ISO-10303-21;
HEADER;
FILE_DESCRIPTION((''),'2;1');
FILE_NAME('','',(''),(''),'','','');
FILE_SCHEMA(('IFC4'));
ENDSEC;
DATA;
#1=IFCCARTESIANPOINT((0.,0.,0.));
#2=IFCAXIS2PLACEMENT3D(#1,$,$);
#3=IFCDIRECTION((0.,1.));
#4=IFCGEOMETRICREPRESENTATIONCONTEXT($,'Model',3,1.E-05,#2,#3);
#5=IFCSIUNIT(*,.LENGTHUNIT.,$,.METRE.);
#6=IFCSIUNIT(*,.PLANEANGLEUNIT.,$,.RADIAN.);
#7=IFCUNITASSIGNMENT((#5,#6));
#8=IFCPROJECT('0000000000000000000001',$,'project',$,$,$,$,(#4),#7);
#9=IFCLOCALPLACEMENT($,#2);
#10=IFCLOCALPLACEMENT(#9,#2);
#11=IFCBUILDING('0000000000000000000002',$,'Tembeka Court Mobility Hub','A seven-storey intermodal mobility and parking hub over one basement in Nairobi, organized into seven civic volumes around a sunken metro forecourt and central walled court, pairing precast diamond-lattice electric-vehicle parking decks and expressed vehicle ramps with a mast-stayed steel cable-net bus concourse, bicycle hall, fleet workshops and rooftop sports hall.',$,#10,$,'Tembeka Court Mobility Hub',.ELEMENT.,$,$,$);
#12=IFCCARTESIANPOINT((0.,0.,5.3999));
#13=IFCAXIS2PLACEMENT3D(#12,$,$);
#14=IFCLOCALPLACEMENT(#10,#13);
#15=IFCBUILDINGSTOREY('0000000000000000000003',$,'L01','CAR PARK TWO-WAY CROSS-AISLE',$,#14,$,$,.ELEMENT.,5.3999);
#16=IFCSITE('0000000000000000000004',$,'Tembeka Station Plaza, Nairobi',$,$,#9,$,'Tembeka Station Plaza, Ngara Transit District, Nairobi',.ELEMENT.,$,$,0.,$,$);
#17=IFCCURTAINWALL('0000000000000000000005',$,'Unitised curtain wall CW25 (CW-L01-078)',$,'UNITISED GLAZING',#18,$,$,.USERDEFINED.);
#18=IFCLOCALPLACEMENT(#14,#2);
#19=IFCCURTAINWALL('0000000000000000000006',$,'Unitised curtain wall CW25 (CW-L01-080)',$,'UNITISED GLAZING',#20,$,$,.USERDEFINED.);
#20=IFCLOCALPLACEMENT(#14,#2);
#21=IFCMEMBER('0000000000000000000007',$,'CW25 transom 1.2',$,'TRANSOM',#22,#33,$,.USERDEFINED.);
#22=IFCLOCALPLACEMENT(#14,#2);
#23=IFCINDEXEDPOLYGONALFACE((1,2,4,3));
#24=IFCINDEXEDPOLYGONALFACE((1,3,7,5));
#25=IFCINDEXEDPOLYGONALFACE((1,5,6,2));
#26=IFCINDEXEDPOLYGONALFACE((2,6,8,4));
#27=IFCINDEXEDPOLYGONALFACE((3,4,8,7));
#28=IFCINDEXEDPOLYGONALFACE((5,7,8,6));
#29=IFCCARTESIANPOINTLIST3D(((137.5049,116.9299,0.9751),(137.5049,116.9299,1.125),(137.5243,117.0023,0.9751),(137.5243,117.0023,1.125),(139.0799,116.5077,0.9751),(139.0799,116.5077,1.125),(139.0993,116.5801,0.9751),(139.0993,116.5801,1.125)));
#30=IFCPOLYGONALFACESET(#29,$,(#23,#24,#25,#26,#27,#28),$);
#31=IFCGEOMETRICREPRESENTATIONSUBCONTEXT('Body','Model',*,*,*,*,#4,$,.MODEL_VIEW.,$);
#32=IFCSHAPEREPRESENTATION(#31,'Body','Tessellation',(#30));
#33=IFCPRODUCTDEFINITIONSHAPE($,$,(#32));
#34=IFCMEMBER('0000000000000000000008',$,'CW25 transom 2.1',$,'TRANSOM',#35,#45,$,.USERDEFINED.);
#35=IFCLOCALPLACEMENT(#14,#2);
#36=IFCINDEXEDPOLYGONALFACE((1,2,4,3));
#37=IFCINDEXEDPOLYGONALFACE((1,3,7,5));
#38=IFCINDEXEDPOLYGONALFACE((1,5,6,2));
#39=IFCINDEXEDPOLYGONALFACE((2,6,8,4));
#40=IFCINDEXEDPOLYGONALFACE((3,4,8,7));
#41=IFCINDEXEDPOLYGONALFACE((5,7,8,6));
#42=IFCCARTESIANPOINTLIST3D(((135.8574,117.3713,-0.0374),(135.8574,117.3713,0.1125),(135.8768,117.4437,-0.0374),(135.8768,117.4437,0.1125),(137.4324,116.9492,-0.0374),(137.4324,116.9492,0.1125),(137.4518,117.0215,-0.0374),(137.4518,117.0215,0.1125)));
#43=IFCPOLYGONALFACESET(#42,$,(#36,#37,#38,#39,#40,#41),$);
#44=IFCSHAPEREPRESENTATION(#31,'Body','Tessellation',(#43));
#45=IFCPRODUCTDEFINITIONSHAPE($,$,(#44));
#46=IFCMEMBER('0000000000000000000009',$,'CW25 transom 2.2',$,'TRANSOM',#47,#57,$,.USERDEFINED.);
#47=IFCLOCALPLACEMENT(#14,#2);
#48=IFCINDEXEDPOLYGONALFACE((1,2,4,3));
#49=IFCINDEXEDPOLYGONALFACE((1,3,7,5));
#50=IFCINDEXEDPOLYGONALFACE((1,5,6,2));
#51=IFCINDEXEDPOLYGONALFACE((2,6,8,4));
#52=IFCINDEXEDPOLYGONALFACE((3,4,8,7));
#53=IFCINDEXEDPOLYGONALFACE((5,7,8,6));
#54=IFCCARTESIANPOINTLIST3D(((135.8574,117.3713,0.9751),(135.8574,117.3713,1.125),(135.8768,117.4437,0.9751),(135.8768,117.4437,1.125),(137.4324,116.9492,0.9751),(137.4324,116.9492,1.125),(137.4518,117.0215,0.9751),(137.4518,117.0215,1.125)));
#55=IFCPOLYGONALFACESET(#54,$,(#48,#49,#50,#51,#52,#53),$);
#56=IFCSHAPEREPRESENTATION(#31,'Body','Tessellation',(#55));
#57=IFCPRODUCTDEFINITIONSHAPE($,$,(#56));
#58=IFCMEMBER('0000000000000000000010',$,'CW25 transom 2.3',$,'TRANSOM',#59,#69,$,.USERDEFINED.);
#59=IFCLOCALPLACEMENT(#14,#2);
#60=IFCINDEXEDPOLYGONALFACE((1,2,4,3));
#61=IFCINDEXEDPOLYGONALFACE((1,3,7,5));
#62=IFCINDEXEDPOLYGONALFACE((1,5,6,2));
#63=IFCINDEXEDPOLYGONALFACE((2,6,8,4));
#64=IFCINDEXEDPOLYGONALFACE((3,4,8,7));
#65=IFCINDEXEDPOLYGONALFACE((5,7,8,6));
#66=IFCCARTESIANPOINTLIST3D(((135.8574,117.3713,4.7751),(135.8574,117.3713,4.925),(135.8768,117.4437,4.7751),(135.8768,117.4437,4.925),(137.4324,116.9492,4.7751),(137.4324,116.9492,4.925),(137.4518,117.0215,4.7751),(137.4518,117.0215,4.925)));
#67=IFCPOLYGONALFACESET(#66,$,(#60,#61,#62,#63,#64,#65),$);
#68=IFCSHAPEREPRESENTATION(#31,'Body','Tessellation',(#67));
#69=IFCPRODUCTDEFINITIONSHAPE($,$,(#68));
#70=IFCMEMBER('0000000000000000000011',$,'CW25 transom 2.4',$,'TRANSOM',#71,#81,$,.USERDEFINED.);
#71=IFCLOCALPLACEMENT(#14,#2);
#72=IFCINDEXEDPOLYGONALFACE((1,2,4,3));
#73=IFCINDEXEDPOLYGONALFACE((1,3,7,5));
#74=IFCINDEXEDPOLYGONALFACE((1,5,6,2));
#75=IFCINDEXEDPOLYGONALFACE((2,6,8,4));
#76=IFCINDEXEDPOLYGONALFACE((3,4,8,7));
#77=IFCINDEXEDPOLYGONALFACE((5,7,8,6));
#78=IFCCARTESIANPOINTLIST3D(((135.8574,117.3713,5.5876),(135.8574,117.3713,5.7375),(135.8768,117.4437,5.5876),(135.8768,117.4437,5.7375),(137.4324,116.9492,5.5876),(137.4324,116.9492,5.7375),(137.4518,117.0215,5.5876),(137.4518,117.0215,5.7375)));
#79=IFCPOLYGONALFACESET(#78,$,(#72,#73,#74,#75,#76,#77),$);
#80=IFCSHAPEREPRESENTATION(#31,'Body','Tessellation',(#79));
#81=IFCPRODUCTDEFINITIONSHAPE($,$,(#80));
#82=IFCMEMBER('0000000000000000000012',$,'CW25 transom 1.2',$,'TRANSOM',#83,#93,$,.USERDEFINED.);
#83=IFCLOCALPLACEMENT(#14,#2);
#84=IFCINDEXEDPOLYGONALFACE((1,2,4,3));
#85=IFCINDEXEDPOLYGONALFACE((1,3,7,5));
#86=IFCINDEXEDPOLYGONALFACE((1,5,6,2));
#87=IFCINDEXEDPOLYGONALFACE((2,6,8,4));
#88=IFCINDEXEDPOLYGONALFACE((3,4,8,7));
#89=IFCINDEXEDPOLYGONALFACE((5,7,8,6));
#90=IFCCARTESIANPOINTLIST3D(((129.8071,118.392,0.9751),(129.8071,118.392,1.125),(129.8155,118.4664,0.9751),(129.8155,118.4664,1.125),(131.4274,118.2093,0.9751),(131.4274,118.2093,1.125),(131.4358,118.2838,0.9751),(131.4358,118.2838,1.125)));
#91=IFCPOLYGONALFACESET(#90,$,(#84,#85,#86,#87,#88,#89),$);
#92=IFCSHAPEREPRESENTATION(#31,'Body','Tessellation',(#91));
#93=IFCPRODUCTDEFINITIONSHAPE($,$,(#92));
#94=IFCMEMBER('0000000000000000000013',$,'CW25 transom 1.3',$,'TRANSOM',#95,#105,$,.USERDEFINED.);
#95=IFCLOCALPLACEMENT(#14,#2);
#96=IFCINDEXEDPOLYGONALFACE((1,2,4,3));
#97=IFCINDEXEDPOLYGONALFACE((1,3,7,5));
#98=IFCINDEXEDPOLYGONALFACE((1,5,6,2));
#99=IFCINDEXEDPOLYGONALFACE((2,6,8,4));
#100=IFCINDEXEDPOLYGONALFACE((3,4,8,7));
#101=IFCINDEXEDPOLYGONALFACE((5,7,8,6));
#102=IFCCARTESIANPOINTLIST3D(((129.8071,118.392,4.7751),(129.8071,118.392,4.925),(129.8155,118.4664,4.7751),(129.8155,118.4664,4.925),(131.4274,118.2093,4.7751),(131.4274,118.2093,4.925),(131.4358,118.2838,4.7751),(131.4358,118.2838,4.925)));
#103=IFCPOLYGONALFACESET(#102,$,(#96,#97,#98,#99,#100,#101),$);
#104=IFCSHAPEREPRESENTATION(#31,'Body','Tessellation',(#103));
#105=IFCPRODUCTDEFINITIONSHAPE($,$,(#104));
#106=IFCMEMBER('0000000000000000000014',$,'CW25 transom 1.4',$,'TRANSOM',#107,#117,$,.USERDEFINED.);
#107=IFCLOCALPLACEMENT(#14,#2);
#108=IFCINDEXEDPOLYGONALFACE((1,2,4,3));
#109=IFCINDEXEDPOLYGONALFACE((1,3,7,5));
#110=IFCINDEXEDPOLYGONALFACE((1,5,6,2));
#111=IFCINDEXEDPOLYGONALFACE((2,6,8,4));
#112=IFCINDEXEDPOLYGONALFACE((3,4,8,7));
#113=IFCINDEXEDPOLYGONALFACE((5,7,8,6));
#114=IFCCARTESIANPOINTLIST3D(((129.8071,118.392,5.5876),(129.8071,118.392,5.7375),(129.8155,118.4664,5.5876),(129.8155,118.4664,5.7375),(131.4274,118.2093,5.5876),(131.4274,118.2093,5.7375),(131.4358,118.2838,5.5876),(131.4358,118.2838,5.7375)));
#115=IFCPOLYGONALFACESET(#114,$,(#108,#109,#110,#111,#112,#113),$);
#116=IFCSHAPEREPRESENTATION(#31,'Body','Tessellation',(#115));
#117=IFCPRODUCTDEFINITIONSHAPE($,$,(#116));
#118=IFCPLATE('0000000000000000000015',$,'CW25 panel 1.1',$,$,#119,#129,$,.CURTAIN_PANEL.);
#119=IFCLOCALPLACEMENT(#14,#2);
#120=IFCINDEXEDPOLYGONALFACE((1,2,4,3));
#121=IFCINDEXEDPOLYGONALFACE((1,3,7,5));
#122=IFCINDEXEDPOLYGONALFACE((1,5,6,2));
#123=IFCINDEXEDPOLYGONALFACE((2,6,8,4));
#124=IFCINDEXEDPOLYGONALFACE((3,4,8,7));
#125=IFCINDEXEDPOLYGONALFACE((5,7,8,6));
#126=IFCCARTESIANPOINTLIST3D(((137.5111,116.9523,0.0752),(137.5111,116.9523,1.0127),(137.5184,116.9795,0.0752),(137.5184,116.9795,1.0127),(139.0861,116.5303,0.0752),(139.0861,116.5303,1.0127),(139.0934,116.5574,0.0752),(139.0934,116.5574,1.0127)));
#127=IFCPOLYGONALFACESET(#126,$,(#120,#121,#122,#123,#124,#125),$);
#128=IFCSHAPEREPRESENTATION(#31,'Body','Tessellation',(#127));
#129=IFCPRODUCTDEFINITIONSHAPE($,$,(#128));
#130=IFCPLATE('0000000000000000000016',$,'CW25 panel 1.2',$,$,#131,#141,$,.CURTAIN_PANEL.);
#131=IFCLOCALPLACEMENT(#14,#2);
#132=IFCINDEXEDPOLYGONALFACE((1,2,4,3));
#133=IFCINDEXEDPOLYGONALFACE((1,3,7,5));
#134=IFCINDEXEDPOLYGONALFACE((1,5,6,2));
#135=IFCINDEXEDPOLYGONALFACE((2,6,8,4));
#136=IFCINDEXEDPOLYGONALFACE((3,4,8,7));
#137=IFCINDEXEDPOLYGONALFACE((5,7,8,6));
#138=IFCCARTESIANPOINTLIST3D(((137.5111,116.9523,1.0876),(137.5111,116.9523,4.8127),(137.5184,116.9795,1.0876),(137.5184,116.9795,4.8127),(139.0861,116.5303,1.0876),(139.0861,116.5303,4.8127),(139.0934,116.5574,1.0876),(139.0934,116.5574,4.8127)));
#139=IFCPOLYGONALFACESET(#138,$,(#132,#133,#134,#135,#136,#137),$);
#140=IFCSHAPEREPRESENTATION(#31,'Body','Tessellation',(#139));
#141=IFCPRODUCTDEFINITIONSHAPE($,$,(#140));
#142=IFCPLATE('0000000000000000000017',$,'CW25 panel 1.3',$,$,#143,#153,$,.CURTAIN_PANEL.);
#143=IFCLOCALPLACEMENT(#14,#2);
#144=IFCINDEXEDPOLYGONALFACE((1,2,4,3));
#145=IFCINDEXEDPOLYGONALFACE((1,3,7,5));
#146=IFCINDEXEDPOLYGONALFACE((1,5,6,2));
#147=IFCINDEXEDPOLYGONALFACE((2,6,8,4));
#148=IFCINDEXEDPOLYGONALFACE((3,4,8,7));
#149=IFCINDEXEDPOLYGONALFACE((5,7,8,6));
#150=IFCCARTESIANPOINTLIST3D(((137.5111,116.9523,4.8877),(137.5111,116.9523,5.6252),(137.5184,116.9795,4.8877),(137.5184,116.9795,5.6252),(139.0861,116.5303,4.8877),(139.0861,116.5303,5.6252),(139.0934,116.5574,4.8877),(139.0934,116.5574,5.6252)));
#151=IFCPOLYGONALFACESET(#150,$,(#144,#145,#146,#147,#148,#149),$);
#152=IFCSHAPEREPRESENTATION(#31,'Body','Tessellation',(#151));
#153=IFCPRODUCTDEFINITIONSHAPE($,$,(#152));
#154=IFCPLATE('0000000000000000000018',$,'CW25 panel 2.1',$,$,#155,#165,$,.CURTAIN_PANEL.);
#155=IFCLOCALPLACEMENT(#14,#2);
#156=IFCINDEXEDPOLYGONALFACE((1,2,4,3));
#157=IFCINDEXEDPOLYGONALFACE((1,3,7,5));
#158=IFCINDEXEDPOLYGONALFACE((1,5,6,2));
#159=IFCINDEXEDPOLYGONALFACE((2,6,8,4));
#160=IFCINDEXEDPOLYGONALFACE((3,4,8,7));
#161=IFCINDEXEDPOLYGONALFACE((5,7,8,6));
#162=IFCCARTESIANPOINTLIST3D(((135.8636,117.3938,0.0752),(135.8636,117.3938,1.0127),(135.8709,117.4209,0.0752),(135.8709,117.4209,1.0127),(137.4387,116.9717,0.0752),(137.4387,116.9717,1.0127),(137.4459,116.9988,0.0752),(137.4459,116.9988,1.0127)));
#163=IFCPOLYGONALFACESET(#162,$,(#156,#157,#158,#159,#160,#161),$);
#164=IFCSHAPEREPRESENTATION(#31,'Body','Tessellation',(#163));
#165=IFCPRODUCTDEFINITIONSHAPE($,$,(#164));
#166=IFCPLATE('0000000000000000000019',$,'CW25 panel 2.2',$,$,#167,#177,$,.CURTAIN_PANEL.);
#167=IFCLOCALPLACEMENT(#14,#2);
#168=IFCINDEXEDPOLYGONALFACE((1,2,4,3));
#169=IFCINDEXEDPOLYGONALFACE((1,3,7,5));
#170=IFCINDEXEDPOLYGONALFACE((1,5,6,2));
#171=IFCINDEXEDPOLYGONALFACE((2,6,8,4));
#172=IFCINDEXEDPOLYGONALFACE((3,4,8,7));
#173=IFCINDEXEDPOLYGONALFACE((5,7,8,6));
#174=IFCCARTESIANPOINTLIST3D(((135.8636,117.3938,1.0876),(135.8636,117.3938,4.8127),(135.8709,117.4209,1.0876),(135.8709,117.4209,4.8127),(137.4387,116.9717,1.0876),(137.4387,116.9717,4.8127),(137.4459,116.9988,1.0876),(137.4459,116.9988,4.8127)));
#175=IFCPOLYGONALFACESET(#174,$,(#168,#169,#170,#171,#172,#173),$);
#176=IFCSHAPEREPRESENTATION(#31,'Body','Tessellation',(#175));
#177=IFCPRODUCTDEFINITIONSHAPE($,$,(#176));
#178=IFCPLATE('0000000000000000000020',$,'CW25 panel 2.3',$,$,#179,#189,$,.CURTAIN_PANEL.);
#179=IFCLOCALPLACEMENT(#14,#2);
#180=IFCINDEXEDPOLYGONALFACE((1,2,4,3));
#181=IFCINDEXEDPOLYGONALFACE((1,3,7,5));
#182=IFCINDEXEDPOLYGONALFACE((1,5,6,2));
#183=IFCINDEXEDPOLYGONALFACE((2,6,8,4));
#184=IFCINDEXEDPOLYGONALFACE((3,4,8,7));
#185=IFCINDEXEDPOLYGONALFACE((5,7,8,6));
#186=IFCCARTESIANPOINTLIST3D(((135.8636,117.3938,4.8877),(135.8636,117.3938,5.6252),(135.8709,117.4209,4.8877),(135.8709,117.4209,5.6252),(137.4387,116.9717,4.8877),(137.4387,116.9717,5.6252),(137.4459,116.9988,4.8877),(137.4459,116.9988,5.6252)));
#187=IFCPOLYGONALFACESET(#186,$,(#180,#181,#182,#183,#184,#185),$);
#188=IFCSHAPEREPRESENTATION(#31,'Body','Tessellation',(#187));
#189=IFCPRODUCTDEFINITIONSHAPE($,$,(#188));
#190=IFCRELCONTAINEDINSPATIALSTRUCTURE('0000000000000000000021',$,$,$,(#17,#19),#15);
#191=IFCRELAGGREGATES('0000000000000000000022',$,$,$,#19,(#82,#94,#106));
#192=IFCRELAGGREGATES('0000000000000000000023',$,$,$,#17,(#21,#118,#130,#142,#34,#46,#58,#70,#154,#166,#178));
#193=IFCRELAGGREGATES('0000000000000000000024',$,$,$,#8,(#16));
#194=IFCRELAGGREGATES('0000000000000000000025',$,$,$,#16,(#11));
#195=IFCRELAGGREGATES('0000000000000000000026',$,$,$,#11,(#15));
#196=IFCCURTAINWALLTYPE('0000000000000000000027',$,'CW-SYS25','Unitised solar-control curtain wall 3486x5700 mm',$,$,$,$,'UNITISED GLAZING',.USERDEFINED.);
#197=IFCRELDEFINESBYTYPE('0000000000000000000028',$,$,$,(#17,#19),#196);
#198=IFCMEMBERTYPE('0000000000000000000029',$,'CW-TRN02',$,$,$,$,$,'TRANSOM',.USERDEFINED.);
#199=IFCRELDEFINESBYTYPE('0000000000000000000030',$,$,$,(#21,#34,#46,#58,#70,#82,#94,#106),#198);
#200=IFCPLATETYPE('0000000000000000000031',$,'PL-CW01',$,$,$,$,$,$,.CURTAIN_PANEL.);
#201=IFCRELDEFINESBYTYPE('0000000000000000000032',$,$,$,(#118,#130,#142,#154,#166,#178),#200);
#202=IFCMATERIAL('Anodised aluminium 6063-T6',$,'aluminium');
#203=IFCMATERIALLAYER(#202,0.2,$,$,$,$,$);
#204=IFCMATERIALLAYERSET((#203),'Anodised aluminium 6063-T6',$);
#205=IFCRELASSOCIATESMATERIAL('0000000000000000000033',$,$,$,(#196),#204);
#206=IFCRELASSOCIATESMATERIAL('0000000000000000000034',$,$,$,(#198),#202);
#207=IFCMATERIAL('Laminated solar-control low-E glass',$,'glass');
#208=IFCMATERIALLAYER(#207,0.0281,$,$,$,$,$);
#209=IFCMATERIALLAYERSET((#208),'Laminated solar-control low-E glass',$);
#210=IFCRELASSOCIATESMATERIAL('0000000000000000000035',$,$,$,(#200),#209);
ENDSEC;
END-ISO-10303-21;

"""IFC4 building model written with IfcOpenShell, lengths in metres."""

from ifc_helpers import new_model, si_unit, direction, frame, origin, origin_2d, place, context, subcontext, project, spatial, rectangle, extrude, material, layer, layer_set, material_profile, profile_set, type_object, element, aggregate, save


model = new_model("IFC4")

# Units and contexts
model_context = context("Model", 3, precision=1e-05, world=origin(), true_north=direction((0.0, 1.0)))
body_context = subcontext(model_context, "Body", "Model", "MODEL_VIEW")
ifc_project = project(units=[si_unit("LENGTHUNIT", "METRE"), si_unit("PLANEANGLEUNIT", "RADIAN")], contexts=[model_context])

# Site, building, storey
site_placement = place(None, origin())
site = spatial("IfcSite", under=ifc_project, at=site_placement, Name="Tembeka Station Plaza, Nairobi", LongName="Tembeka Station Plaza, Ngara Transit District, Nairobi", CompositionType="ELEMENT", RefElevation=0.0)
building_placement = place(site_placement, origin())
building = spatial("IfcBuilding", under=site, at=building_placement, Name="Tembeka Court Mobility Hub", Description="A seven-storey intermodal mobility and parking hub over one basement in Nairobi, organized into seven civic volumes around a sunken metro forecourt and central walled court, pairing precast diamond-lattice electric-vehicle parking decks and expressed vehicle ramps with a mast-stayed steel cable-net bus concourse, bicycle hall, fleet workshops and rooftop sports hall.", LongName="Tembeka Court Mobility Hub", CompositionType="ELEMENT")
storey_placement = place(building_placement, frame((0.0, 0.0, 5.3999)))
storey = spatial("IfcBuildingStorey", under=building, at=storey_placement, Name="L01", Description="CAR PARK TWO-WAY CROSS-AISLE", CompositionType="ELEMENT", Elevation=5.3999)

# Curtain wall
ifc_material_1 = material(Name="Anodised aluminium 6063-T6", Category="aluminium")
ifc_layer_1 = layer(ifc_material_1, 0.2)
ifc_layer_set_1 = layer_set([ifc_layer_1], Name="Anodised aluminium 6063-T6")
curtain_wall_type = type_object("IfcCurtainWallType", Name="CW-SYS25", Description="Unitised solar-control curtain wall 3486x5700 mm", ElementType="UNITISED GLAZING", PredefinedType="USERDEFINED", material=ifc_layer_set_1)
curtain_wall_1_placement = place(storey_placement, origin())
curtain_wall_1 = element("IfcCurtainWall", 1, at=curtain_wall_1_placement, inside=storey, type_object=curtain_wall_type, Name="Unitised curtain wall CW25 (CW-L01-078)", ObjectType="UNITISED GLAZING", PredefinedType="USERDEFINED")

# Curtain wall
curtain_wall_2_placement = place(storey_placement, origin())
curtain_wall_2 = element("IfcCurtainWall", 2, at=curtain_wall_2_placement, inside=storey, type_object=curtain_wall_type, Name="Unitised curtain wall CW25 (CW-L01-080)", ObjectType="UNITISED GLAZING", PredefinedType="USERDEFINED")

# Members
ifc_material_profile_1 = material_profile(ifc_material_1, rectangle(XDim=0.075, YDim=0.1499, at=origin_2d()), Name="ALU-TRN 75x150")
ifc_profile_set_1 = profile_set([ifc_material_profile_1], Name="Anodised aluminium 6063-T6")
member_type_1 = type_object("IfcMemberType", Name="CW-TRN02", ElementType="TRANSOM", PredefinedType="USERDEFINED", material=ifc_profile_set_1)
member_1_placement = place(storey_placement, frame((139.0896, 116.5439, 1.05), z_axis=(-0.965909, 0.258883, 0.0), x_axis=(-0.258883, -0.965909, 0.0)))
member_1 = element("IfcMember", 3, at=member_1_placement, type_object=member_type_1, Name="CW25 transom 1.2", ObjectType="TRANSOM", PredefinedType="USERDEFINED", context=body_context, shape_type="SweptSolid", body=[
    extrude(rectangle(XDim=0.075, YDim=0.1499, at=origin_2d()), origin(), (0.0, 0.0, 1.0), 1.6306),
])
member_2_placement = place(storey_placement, frame((137.4421, 116.9854, 0.0376), z_axis=(-0.965909, 0.258883, 0.0), x_axis=(-0.258883, -0.965909, 0.0)))
member_2 = element("IfcMember", 4, at=member_2_placement, type_object=member_type_1, Name="CW25 transom 2.1", ObjectType="TRANSOM", PredefinedType="USERDEFINED", context=body_context, shape_type="SweptSolid", body=[
    extrude(rectangle(XDim=0.075, YDim=0.1499, at=origin_2d()), origin(), (0.0, 0.0, 1.0), 1.6306),
])
member_3_placement = place(storey_placement, frame((137.4421, 116.9854, 1.05), z_axis=(-0.965909, 0.258883, 0.0), x_axis=(-0.258883, -0.965909, 0.0)))
member_3 = element("IfcMember", 5, at=member_3_placement, type_object=member_type_1, Name="CW25 transom 2.2", ObjectType="TRANSOM", PredefinedType="USERDEFINED", context=body_context, shape_type="SweptSolid", body=[
    extrude(rectangle(XDim=0.075, YDim=0.1499, at=origin_2d()), origin(), (0.0, 0.0, 1.0), 1.6306),
])
member_4_placement = place(storey_placement, frame((137.4421, 116.9854, 4.8501), z_axis=(-0.965909, 0.258883, 0.0), x_axis=(-0.258883, -0.965909, 0.0)))
member_4 = element("IfcMember", 6, at=member_4_placement, type_object=member_type_1, Name="CW25 transom 2.3", ObjectType="TRANSOM", PredefinedType="USERDEFINED", context=body_context, shape_type="SweptSolid", body=[
    extrude(rectangle(XDim=0.075, YDim=0.1499, at=origin_2d()), origin(), (0.0, 0.0, 1.0), 1.6306),
])
member_5_placement = place(storey_placement, frame((137.4421, 116.9854, 5.6626), z_axis=(-0.965909, 0.258883, 0.0), x_axis=(-0.258883, -0.965909, 0.0)))
member_5 = element("IfcMember", 7, at=member_5_placement, type_object=member_type_1, Name="CW25 transom 2.4", ObjectType="TRANSOM", PredefinedType="USERDEFINED", context=body_context, shape_type="SweptSolid", body=[
    extrude(rectangle(XDim=0.075, YDim=0.1499, at=origin_2d()), origin(), (0.0, 0.0, 1.0), 1.6306),
])
member_6_placement = place(storey_placement, frame((131.4316, 118.2466, 1.05), z_axis=(-0.993709, 0.111993, 0.0), x_axis=(-0.111993, -0.993709, 0.0)))
member_6 = element("IfcMember", 8, at=member_6_placement, type_object=member_type_1, Name="CW25 transom 1.2", ObjectType="TRANSOM", PredefinedType="USERDEFINED", context=body_context, shape_type="SweptSolid", body=[
    extrude(rectangle(XDim=0.075, YDim=0.1499, at=origin_2d()), origin(), (0.0, 0.0, 1.0), 1.6306),
])
member_7_placement = place(storey_placement, frame((131.4316, 118.2466, 4.8501), z_axis=(-0.993709, 0.111993, 0.0), x_axis=(-0.111993, -0.993709, 0.0)))
member_7 = element("IfcMember", 9, at=member_7_placement, type_object=member_type_1, Name="CW25 transom 1.3", ObjectType="TRANSOM", PredefinedType="USERDEFINED", context=body_context, shape_type="SweptSolid", body=[
    extrude(rectangle(XDim=0.075, YDim=0.1499, at=origin_2d()), origin(), (0.0, 0.0, 1.0), 1.6306),
])
member_8_placement = place(storey_placement, frame((131.4316, 118.2466, 5.6626), z_axis=(-0.993709, 0.111993, 0.0), x_axis=(-0.111993, -0.993709, 0.0)))
member_8 = element("IfcMember", 10, at=member_8_placement, type_object=member_type_1, Name="CW25 transom 1.4", ObjectType="TRANSOM", PredefinedType="USERDEFINED", context=body_context, shape_type="SweptSolid", body=[
    extrude(rectangle(XDim=0.075, YDim=0.1499, at=origin_2d()), origin(), (0.0, 0.0, 1.0), 1.6306),
])
aggregate(curtain_wall_2, [member_6, member_7, member_8])

# Plates
ifc_material_2 = material(Name="Laminated solar-control low-E glass", Category="glass")
ifc_layer_2 = layer(ifc_material_2, 0.0281)
ifc_layer_set_2 = layer_set([ifc_layer_2], Name="Laminated solar-control low-E glass")
plate_type_1 = type_object("IfcPlateType", Name="PL-CW01", PredefinedType="CURTAIN_PANEL", material=ifc_layer_set_2)
plate_1_placement = place(storey_placement, frame((138.3022, 116.7549, 0.0752), z_axis=(0.0, 0.0, 1.0), x_axis=(-0.965923, 0.258828, 0.0)))
plate_1 = element("IfcPlate", 11, at=plate_1_placement, type_object=plate_type_1, Name="CW25 panel 1.1", PredefinedType="CURTAIN_PANEL", context=body_context, shape_type="SweptSolid", body=[
    extrude(rectangle(XDim=1.6306, YDim=0.0281, at=origin_2d()), origin(), (0.0, 0.0, 1.0), 0.9375),
])
plate_2_placement = place(storey_placement, frame((138.3022, 116.7549, 1.0876), z_axis=(0.0, 0.0, 1.0), x_axis=(-0.965923, 0.258828, 0.0)))
plate_2 = element("IfcPlate", 12, at=plate_2_placement, type_object=plate_type_1, Name="CW25 panel 1.2", PredefinedType="CURTAIN_PANEL", context=body_context, shape_type="SweptSolid", body=[
    extrude(rectangle(XDim=1.6306, YDim=0.0281, at=origin_2d()), origin(), (0.0, 0.0, 1.0), 3.7251),
])
plate_3_placement = place(storey_placement, frame((138.3022, 116.7549, 4.8877), z_axis=(0.0, 0.0, 1.0), x_axis=(-0.965923, 0.258828, 0.0)))
plate_3 = element("IfcPlate", 13, at=plate_3_placement, type_object=plate_type_1, Name="CW25 panel 1.3", PredefinedType="CURTAIN_PANEL", context=body_context, shape_type="SweptSolid", body=[
    extrude(rectangle(XDim=1.6306, YDim=0.0281, at=origin_2d()), origin(), (0.0, 0.0, 1.0), 0.7375),
])
plate_4_placement = place(storey_placement, frame((136.6548, 117.1963, 0.0752), z_axis=(0.0, 0.0, 1.0), x_axis=(-0.965923, 0.258828, 0.0)))
plate_4 = element("IfcPlate", 14, at=plate_4_placement, type_object=plate_type_1, Name="CW25 panel 2.1", PredefinedType="CURTAIN_PANEL", context=body_context, shape_type="SweptSolid", body=[
    extrude(rectangle(XDim=1.6306, YDim=0.0281, at=origin_2d()), origin(), (0.0, 0.0, 1.0), 0.9375),
])
plate_5_placement = place(storey_placement, frame((136.6548, 117.1963, 1.0876), z_axis=(0.0, 0.0, 1.0), x_axis=(-0.965923, 0.258828, 0.0)))
plate_5 = element("IfcPlate", 15, at=plate_5_placement, type_object=plate_type_1, Name="CW25 panel 2.2", PredefinedType="CURTAIN_PANEL", context=body_context, shape_type="SweptSolid", body=[
    extrude(rectangle(XDim=1.6306, YDim=0.0281, at=origin_2d()), origin(), (0.0, 0.0, 1.0), 3.7251),
])
plate_6_placement = place(storey_placement, frame((136.6548, 117.1963, 4.8877), z_axis=(0.0, 0.0, 1.0), x_axis=(-0.965923, 0.258828, 0.0)))
plate_6 = element("IfcPlate", 16, at=plate_6_placement, type_object=plate_type_1, Name="CW25 panel 2.3", PredefinedType="CURTAIN_PANEL", context=body_context, shape_type="SweptSolid", body=[
    extrude(rectangle(XDim=1.6306, YDim=0.0281, at=origin_2d()), origin(), (0.0, 0.0, 1.0), 0.7375),
])
aggregate(curtain_wall_1, [member_1, plate_1, plate_2, plate_3, member_2, member_3, member_4, member_5, plate_4, plate_5, plate_6])

save(model, "model.ifc")
